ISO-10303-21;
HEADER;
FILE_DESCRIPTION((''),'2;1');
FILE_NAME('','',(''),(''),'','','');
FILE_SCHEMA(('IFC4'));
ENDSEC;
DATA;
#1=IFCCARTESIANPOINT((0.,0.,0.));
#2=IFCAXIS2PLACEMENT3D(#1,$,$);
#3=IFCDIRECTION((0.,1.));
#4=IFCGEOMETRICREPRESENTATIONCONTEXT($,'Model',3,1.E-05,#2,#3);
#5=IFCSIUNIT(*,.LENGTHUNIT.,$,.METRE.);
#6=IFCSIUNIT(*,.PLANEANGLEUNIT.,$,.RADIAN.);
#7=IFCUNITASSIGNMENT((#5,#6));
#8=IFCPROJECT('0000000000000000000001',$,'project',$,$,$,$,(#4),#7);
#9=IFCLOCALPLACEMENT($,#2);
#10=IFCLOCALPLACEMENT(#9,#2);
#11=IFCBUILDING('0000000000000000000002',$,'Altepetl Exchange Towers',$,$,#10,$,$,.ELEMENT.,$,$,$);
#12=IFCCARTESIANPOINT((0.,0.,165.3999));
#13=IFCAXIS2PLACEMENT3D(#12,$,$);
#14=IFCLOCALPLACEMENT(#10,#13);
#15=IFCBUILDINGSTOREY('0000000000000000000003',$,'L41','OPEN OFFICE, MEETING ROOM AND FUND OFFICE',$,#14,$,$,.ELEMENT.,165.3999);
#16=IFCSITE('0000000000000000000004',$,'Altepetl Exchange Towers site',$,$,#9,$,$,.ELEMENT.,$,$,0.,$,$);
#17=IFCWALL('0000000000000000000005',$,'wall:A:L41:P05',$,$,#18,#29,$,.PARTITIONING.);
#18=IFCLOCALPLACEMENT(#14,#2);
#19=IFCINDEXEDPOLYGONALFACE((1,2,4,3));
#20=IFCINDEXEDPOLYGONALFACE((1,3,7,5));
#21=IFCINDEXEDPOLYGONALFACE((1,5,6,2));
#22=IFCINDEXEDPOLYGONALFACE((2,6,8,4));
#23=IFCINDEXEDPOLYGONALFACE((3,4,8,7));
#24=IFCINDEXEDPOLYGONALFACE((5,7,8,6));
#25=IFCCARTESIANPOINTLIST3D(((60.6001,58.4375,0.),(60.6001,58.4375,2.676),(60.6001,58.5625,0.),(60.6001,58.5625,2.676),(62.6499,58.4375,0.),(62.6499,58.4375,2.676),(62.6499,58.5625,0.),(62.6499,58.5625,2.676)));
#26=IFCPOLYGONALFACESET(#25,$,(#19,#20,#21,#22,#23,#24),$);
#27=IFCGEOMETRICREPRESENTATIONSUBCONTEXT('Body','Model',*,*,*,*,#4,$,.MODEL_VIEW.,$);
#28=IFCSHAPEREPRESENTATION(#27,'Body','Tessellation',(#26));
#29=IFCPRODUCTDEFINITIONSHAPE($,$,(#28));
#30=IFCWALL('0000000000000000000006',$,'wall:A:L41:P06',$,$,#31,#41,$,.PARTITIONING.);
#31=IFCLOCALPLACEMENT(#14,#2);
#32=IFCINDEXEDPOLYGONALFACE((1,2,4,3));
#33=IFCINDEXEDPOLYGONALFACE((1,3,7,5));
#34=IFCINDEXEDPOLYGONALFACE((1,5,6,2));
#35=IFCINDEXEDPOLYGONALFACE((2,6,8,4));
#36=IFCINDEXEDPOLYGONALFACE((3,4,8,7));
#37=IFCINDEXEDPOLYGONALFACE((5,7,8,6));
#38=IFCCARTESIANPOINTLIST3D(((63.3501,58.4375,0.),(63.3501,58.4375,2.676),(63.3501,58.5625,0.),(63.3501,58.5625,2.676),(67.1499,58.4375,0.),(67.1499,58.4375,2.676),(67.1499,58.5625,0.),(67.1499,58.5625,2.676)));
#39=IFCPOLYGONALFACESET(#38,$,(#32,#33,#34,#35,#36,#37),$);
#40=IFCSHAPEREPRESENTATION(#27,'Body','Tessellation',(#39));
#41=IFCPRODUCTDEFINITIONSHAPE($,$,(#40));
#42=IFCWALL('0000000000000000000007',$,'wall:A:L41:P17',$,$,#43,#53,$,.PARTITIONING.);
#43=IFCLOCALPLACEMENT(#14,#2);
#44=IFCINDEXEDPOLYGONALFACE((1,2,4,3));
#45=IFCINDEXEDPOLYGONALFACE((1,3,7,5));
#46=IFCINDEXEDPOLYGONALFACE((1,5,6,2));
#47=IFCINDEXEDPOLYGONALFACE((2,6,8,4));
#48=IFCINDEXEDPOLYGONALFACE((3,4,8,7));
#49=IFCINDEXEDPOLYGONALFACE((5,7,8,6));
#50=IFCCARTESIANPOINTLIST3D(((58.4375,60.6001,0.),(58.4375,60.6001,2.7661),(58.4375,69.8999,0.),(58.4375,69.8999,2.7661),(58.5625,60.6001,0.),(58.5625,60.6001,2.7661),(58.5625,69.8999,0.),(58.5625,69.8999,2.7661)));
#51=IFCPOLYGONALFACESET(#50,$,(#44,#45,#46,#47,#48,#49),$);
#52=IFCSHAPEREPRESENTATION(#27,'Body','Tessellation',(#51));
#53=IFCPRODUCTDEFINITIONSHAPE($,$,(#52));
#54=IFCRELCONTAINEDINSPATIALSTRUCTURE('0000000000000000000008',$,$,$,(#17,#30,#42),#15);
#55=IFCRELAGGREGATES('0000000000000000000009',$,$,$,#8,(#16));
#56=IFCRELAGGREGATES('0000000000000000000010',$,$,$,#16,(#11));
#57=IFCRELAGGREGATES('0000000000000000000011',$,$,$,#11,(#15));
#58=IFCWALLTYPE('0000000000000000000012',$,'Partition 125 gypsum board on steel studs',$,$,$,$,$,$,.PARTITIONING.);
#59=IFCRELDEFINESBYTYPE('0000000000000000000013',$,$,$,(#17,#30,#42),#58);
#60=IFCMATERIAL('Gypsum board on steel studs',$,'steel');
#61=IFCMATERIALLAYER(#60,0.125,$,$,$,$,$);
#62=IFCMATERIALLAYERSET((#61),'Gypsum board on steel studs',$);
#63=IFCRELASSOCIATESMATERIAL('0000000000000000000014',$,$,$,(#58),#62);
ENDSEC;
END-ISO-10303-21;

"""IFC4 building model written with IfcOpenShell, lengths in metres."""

from ifc_helpers import new_model, si_unit, direction, frame, frame_2d, origin, place, context, subcontext, project, spatial, rectangle, extrude, material, layer, layer_set, type_object, element, save


model = new_model("IFC4")

# Units and contexts
model_context = context("Model", 3, precision=1e-05, world=origin(), true_north=direction((0.0, 1.0)))
body_context = subcontext(model_context, "Body", "Model", "MODEL_VIEW")
ifc_project = project(units=[si_unit("LENGTHUNIT", "METRE"), si_unit("PLANEANGLEUNIT", "RADIAN")], contexts=[model_context])

# Site, building, storey
site_placement = place(None, origin())
site = spatial("IfcSite", under=ifc_project, at=site_placement, Name="Altepetl Exchange Towers site", CompositionType="ELEMENT", RefElevation=0.0)
building_placement = place(site_placement, origin())
building = spatial("IfcBuilding", under=site, at=building_placement, Name="Altepetl Exchange Towers", CompositionType="ELEMENT")
storey_placement = place(building_placement, frame((0.0, 0.0, 165.3999)))
storey = spatial("IfcBuildingStorey", under=building, at=storey_placement, Name="L41", Description="OPEN OFFICE, MEETING ROOM AND FUND OFFICE", CompositionType="ELEMENT", Elevation=165.3999)

# Walls
ifc_material_1 = material(Name="Gypsum board on steel studs", Category="steel")
ifc_layer_1 = layer(ifc_material_1, 0.125)
ifc_layer_set_1 = layer_set([ifc_layer_1], Name="Gypsum board on steel studs")
wall_type_1 = type_object("IfcWallType", Name="Partition 125 gypsum board on steel studs", PredefinedType="PARTITIONING", material=ifc_layer_set_1)
wall_1_placement = place(storey_placement, frame((60.6001, 58.5, 0.0)))
element("IfcWall", 1, at=wall_1_placement, inside=storey, type_object=wall_type_1, Name="wall:A:L41:P05", PredefinedType="PARTITIONING", context=body_context, shape_type="SweptSolid", body=[
    extrude(rectangle(XDim=2.0498, YDim=0.125, at=frame_2d((1.0249, 0.0))), origin(), (0.0, 0.0, 1.0), 2.676),
])
wall_2_placement = place(storey_placement, frame((63.3501, 58.5, 0.0)))
element("IfcWall", 2, at=wall_2_placement, inside=storey, type_object=wall_type_1, Name="wall:A:L41:P06", PredefinedType="PARTITIONING", context=body_context, shape_type="SweptSolid", body=[
    extrude(rectangle(XDim=3.7998, YDim=0.125, at=frame_2d((1.8999, 0.0))), origin(), (0.0, 0.0, 1.0), 2.676),
])
wall_3_placement = place(storey_placement, frame((58.5, 60.6001, 0.0), z_axis=(0.0, 0.0, 1.0), x_axis=(0.0, 1.0, 0.0)))
element("IfcWall", 3, at=wall_3_placement, inside=storey, type_object=wall_type_1, Name="wall:A:L41:P17", PredefinedType="PARTITIONING", context=body_context, shape_type="SweptSolid", body=[
    extrude(rectangle(XDim=9.2998, YDim=0.125, at=frame_2d((4.6499, 0.0))), origin(), (0.0, 0.0, 1.0), 2.7661),
])

save(model, "model.ifc")
